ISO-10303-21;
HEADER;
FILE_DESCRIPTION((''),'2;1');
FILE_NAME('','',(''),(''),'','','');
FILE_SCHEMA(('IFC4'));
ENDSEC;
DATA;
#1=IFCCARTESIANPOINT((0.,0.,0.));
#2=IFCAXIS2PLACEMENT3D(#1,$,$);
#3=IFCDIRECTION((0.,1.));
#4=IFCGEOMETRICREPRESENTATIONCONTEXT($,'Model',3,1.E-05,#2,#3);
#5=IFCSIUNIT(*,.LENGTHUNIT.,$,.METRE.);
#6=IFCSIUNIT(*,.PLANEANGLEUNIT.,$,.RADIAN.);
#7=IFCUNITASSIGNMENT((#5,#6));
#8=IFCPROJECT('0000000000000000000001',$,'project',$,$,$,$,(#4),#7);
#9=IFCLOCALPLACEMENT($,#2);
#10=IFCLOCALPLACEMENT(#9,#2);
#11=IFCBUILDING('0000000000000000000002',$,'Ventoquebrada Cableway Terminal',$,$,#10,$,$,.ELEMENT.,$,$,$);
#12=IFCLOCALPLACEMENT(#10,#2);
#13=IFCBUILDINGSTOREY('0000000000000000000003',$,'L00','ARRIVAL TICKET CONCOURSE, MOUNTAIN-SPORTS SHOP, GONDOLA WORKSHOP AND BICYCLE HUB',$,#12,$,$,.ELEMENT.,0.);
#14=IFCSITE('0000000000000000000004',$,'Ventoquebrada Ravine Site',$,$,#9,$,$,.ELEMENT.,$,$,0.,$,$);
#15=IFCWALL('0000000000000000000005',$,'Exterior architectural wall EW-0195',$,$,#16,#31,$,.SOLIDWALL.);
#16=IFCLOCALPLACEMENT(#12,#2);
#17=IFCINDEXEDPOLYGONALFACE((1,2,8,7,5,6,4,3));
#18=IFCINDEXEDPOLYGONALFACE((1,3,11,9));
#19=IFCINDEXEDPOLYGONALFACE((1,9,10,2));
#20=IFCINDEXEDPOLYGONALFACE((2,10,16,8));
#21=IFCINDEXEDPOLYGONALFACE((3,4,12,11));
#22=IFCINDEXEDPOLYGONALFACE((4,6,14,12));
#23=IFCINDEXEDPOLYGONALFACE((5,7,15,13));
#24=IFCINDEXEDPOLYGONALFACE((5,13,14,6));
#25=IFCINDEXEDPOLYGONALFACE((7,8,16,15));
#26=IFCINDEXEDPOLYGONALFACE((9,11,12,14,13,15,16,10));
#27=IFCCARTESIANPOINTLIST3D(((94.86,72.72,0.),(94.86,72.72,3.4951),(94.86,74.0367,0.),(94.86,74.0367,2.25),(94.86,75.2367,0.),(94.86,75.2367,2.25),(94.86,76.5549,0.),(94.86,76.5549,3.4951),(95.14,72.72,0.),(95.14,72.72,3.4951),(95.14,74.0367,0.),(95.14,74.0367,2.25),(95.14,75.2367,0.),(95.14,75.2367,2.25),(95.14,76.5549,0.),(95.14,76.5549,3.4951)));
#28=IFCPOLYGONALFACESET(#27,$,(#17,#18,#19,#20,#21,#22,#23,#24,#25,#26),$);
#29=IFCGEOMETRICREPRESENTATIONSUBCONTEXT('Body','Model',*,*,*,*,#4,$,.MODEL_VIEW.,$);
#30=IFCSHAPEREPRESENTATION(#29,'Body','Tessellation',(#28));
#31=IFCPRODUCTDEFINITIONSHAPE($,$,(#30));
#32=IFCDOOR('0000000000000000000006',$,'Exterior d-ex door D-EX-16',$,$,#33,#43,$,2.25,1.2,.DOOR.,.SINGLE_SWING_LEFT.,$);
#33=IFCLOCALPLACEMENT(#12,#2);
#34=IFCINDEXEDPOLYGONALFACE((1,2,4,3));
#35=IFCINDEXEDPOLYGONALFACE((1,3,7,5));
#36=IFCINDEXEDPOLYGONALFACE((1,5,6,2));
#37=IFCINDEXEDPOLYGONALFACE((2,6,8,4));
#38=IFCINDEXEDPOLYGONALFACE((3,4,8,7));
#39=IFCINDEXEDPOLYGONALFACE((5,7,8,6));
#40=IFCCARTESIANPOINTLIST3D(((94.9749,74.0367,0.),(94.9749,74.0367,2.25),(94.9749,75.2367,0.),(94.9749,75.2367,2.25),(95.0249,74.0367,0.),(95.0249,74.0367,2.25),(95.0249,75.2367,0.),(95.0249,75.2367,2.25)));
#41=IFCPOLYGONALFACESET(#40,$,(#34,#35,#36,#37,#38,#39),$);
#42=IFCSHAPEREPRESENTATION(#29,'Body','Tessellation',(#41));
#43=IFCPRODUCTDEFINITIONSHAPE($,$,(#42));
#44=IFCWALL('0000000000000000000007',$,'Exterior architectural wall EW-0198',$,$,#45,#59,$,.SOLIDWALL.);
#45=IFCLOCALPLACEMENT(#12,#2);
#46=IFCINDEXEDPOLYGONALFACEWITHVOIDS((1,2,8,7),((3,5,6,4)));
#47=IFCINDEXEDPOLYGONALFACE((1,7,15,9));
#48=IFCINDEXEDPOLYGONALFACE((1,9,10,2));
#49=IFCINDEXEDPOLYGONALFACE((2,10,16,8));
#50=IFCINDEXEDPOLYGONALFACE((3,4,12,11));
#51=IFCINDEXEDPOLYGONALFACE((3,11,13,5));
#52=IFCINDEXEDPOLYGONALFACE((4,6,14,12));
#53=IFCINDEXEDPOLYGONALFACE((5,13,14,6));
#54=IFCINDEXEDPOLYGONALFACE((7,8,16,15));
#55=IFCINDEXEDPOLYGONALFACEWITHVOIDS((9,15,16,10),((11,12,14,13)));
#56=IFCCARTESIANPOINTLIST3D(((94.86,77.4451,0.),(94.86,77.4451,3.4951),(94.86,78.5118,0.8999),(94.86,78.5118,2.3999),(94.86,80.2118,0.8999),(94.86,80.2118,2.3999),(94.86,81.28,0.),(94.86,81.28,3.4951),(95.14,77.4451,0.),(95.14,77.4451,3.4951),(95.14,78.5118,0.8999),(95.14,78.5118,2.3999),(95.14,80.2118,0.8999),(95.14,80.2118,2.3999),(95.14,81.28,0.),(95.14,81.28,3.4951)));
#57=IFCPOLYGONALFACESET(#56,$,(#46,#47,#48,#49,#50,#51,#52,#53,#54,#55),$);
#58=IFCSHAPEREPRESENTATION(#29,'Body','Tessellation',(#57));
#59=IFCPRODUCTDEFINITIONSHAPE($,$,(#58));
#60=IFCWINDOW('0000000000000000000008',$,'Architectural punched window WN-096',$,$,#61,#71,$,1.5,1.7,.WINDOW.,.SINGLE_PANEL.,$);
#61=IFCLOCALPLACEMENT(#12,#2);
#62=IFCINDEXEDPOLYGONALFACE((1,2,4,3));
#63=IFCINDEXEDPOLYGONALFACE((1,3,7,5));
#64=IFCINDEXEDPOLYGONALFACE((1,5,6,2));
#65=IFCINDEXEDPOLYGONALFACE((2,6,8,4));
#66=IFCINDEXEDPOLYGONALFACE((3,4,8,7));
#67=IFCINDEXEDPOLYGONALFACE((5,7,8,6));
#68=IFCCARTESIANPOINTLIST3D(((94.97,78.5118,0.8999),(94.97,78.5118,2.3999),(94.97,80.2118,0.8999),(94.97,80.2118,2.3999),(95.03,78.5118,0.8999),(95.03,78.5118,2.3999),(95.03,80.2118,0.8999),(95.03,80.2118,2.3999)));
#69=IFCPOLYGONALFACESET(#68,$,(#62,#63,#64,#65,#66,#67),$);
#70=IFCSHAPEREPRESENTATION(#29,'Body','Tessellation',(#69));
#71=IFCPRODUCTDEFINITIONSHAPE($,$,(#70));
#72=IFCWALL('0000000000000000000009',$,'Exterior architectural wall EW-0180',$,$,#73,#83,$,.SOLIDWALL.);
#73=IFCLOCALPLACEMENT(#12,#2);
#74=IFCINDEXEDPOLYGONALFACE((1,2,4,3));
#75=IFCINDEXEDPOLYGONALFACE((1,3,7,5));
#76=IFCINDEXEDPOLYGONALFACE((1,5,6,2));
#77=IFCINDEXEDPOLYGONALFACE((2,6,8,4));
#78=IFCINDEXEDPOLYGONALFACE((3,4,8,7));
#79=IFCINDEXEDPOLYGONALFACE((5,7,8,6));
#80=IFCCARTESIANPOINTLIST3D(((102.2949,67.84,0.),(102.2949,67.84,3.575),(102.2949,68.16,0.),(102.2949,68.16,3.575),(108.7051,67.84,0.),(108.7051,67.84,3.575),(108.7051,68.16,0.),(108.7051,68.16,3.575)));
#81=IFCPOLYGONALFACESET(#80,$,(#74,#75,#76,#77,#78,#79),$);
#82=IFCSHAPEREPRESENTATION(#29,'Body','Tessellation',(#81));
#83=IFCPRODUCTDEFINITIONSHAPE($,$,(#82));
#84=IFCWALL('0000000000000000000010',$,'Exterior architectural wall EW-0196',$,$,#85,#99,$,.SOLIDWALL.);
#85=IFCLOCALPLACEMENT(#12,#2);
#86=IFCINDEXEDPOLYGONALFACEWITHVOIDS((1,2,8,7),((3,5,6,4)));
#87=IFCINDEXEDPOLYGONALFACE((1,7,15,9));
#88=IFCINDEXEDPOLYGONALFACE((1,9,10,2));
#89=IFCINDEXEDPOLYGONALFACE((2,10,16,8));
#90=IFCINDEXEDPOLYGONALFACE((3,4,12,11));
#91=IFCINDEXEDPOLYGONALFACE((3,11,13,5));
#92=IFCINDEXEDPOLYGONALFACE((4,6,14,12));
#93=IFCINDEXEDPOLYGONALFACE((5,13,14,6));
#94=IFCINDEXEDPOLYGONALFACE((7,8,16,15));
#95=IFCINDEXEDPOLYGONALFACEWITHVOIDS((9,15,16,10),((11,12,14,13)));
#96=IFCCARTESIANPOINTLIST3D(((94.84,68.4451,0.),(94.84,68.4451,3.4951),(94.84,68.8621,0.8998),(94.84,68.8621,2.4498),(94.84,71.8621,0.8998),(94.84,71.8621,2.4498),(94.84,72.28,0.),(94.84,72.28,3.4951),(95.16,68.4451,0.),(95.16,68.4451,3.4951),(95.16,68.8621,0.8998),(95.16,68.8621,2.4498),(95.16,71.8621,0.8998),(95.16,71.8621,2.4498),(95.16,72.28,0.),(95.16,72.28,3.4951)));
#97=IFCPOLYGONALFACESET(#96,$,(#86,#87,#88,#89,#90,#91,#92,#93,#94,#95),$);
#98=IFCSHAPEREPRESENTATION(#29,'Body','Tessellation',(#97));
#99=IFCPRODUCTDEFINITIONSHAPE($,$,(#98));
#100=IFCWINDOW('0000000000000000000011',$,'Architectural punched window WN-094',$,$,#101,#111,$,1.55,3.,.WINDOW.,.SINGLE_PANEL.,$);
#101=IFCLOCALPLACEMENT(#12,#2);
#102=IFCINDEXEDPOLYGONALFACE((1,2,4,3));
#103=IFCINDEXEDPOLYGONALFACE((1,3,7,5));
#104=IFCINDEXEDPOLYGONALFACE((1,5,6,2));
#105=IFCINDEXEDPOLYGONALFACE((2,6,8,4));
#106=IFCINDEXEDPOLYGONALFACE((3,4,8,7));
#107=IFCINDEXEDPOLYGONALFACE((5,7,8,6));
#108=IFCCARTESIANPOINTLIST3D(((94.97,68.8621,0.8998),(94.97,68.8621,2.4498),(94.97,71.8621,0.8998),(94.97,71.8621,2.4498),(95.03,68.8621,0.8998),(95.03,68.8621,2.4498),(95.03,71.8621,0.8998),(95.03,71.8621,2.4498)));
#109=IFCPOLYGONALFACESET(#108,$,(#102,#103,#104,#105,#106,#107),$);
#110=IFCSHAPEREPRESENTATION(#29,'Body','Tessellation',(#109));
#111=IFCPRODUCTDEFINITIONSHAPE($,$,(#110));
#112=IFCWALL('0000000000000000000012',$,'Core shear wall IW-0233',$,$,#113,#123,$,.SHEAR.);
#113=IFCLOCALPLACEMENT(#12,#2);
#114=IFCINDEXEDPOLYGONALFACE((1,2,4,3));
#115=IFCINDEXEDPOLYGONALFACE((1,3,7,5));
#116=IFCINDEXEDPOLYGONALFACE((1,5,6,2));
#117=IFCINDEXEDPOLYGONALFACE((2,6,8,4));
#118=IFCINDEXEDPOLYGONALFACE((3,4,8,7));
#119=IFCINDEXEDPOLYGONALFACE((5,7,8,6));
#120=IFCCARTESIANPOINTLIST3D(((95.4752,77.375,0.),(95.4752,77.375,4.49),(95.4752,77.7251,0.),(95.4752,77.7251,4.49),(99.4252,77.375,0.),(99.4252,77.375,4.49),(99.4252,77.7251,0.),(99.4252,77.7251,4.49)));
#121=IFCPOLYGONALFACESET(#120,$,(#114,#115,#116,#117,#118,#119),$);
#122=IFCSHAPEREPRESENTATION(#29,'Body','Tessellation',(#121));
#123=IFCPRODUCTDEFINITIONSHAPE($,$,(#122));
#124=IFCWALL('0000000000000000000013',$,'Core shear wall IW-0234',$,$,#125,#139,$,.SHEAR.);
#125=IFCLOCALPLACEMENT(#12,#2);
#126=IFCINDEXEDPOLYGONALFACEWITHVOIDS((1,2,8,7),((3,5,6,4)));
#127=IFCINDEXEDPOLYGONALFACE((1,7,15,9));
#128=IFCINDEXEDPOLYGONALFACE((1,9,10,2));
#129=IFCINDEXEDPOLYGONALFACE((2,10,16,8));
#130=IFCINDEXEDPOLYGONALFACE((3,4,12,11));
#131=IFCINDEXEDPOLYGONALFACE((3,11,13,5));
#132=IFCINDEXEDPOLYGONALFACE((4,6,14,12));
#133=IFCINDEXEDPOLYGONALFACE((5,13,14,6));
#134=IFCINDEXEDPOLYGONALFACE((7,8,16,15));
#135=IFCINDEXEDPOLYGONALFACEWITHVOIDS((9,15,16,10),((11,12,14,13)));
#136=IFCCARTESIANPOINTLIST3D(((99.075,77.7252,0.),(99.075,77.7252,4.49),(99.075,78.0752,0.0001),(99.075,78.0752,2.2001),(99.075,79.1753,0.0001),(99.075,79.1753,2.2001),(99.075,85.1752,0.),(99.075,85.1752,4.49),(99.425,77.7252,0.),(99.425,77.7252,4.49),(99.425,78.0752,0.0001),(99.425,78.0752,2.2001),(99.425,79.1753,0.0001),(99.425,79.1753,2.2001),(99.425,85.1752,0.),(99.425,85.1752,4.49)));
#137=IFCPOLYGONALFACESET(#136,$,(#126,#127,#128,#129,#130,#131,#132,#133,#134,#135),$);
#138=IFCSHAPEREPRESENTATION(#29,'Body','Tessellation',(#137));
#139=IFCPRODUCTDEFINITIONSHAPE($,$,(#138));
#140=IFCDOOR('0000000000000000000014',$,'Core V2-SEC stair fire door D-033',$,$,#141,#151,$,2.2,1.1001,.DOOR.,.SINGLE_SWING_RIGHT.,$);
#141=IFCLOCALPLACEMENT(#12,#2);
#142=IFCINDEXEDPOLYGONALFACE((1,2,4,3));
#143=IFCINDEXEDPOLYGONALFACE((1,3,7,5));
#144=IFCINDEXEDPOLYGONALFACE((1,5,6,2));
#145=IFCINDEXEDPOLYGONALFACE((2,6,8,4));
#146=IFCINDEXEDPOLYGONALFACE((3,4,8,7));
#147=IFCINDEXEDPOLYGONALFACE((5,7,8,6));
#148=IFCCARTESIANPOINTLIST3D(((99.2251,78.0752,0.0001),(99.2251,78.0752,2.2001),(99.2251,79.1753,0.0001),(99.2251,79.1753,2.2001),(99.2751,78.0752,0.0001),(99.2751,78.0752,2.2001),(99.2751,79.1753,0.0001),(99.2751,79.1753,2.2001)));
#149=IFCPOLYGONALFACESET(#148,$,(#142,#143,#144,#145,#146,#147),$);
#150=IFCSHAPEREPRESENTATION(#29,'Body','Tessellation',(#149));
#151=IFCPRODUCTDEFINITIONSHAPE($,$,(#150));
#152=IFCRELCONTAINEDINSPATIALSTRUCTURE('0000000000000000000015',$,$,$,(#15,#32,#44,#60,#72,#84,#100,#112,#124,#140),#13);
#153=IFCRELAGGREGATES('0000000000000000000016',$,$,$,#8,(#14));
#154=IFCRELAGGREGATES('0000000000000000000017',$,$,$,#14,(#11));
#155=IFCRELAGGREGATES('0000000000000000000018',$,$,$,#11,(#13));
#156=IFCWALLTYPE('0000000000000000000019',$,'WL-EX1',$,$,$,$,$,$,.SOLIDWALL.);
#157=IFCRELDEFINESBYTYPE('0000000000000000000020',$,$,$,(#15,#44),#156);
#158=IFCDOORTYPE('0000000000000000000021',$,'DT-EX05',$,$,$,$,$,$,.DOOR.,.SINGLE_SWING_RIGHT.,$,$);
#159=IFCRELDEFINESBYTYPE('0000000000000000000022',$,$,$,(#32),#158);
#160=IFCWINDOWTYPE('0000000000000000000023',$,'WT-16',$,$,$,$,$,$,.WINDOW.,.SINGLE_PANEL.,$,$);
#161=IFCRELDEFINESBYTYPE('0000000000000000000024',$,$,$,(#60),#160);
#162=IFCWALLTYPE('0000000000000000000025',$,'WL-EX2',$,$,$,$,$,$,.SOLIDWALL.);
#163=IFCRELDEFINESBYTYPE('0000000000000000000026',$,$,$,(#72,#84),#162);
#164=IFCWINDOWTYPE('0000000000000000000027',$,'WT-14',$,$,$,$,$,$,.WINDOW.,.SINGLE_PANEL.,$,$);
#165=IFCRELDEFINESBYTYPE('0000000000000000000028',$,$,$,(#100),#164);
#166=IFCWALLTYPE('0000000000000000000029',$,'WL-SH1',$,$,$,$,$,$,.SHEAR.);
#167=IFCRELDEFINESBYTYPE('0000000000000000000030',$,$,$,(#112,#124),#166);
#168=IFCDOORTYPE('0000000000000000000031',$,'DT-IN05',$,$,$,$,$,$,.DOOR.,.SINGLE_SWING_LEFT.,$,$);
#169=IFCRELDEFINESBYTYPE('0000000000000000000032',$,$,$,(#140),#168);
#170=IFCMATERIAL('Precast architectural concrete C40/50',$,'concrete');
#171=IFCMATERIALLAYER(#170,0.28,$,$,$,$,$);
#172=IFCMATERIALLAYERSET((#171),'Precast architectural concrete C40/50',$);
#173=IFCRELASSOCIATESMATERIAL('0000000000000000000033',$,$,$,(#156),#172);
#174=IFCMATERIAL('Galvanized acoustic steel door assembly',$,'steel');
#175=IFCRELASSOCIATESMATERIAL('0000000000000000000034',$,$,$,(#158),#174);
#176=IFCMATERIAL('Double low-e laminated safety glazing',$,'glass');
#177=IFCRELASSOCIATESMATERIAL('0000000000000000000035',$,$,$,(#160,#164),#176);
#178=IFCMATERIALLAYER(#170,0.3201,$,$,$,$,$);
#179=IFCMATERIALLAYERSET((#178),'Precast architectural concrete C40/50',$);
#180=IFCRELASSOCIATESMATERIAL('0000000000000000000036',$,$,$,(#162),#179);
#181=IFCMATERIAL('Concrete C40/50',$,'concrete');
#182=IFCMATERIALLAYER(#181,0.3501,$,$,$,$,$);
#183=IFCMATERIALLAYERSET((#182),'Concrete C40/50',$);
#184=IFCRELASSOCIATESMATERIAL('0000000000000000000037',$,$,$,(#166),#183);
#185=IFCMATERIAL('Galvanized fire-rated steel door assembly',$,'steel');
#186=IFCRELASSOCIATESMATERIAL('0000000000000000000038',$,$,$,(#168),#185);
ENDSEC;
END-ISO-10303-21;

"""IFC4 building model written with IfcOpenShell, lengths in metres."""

from ifc_helpers import new_model, si_unit, direction, frame, frame_2d, origin, place, context, subcontext, project, spatial, rectangle, extrude, material, layer, layer_set, type_object, element, fill, save


model = new_model("IFC4")

# Units and contexts
model_context = context("Model", 3, precision=1e-05, world=origin(), true_north=direction((0.0, 1.0)))
body_context = subcontext(model_context, "Body", "Model", "MODEL_VIEW")
ifc_project = project(units=[si_unit("LENGTHUNIT", "METRE"), si_unit("PLANEANGLEUNIT", "RADIAN")], contexts=[model_context])

# Site, building, storey
site_placement = place(None, origin())
site = spatial("IfcSite", under=ifc_project, at=site_placement, Name="Ventoquebrada Ravine Site", CompositionType="ELEMENT", RefElevation=0.0)
building_placement = place(site_placement, origin())
building = spatial("IfcBuilding", under=site, at=building_placement, Name="Ventoquebrada Cableway Terminal", CompositionType="ELEMENT")
storey_placement = place(building_placement, origin())
storey = spatial("IfcBuildingStorey", under=building, at=storey_placement, Name="L00", Description="ARRIVAL TICKET CONCOURSE, MOUNTAIN-SPORTS SHOP, GONDOLA WORKSHOP AND BICYCLE HUB", CompositionType="ELEMENT", Elevation=0.0)

# Shared definitions
ifc_material_1 = material(Name="Concrete C40/50", Category="concrete")

# Shared definitions
ifc_material_2 = material(Name="Precast architectural concrete C40/50", Category="concrete")
ifc_layer_1 = layer(ifc_material_2, 0.28)
ifc_layer_set_1 = layer_set([ifc_layer_1], Name="Precast architectural concrete C40/50")
wall_type_1 = type_object("IfcWallType", Name="WL-EX1", PredefinedType="SOLIDWALL", material=ifc_layer_set_1)
ifc_material_3 = material(Name="Double low-e laminated safety glazing", Category="glass")

# Wall, opening, door
wall_1_placement = place(storey_placement, frame((95.0, 76.5549, 0.0), z_axis=(0.0, 0.0, 1.0), x_axis=(0.0, -1.0, 0.0)))
wall_1 = element("IfcWall", 1, at=wall_1_placement, inside=storey, type_object=wall_type_1, Name="Exterior architectural wall EW-0195", PredefinedType="SOLIDWALL", context=body_context, shape_type="SweptSolid", body=[
    extrude(rectangle(XDim=3.835, YDim=0.28, at=frame_2d((1.9175, 0.0))), origin(), (0.0, 0.0, 1.0), 3.4951),
])
opening_1_placement = place(wall_1_placement, frame((1.3181, 0.0, 0.0)))
opening_1 = element("IfcOpeningElement", 2, at=opening_1_placement, cuts=wall_1, PredefinedType="OPENING", context=body_context, shape_type="SweptSolid", body=[
    extrude(rectangle(XDim=1.2, YDim=2.25, at=frame_2d((0.6001, 1.125))), frame((0.0, 0.1499, 0.0), z_axis=(0.0, -1.0, 0.0), x_axis=(1.0, 0.0, 0.0)), (0.0, 0.0, 1.0), 0.3),
])
ifc_material_4 = material(Name="Galvanized acoustic steel door assembly", Category="steel")
door_type_1 = type_object("IfcDoorType", Name="DT-EX05", OperationType="SINGLE_SWING_RIGHT", PredefinedType="DOOR", material=ifc_material_4)
door_1_placement = place(opening_1_placement, origin())
door_1 = element("IfcDoor", 3, at=door_1_placement, inside=storey, type_object=door_type_1, Name="Exterior d-ex door D-EX-16", OperationType="SINGLE_SWING_LEFT", OverallHeight=2.25, OverallWidth=1.2, PredefinedType="DOOR", context=body_context, shape_type="SweptSolid", body=[
    extrude(rectangle(XDim=1.2, YDim=2.25, at=frame_2d((0.6001, 1.125))), frame((0.0, 0.0249, 0.0), z_axis=(0.0, -1.0, 0.0), x_axis=(1.0, 0.0, 0.0)), (0.0, 0.0, 1.0), 0.05),
])
fill(opening_1, door_1)

# Wall, opening, window
wall_2_placement = place(storey_placement, frame((95.0, 81.28, 0.0), z_axis=(0.0, 0.0, 1.0), x_axis=(0.0, -1.0, 0.0)))
wall_2 = element("IfcWall", 4, at=wall_2_placement, inside=storey, type_object=wall_type_1, Name="Exterior architectural wall EW-0198", PredefinedType="SOLIDWALL", context=body_context, shape_type="SweptSolid", body=[
    extrude(rectangle(XDim=3.835, YDim=0.28, at=frame_2d((1.9175, 0.0))), origin(), (0.0, 0.0, 1.0), 3.4951),
])
opening_2_placement = place(wall_2_placement, frame((1.0681, 0.0, 0.8999)))
opening_2 = element("IfcOpeningElement", 5, at=opening_2_placement, cuts=wall_2, PredefinedType="OPENING", context=body_context, shape_type="SweptSolid", body=[
    extrude(rectangle(XDim=1.7, YDim=1.5, at=frame_2d((0.8501, 0.75))), frame((0.0, 0.1499, 0.0), z_axis=(0.0, -1.0, 0.0), x_axis=(1.0, 0.0, 0.0)), (0.0, 0.0, 1.0), 0.3),
])
window_type_1 = type_object("IfcWindowType", Name="WT-16", PartitioningType="SINGLE_PANEL", PredefinedType="WINDOW", material=ifc_material_3)
window_1_placement = place(opening_2_placement, origin())
window_1 = element("IfcWindow", 6, at=window_1_placement, inside=storey, type_object=window_type_1, Name="Architectural punched window WN-096", OverallHeight=1.5, OverallWidth=1.7, PartitioningType="SINGLE_PANEL", PredefinedType="WINDOW", context=body_context, shape_type="SweptSolid", body=[
    extrude(rectangle(XDim=1.7, YDim=1.5, at=frame_2d((0.8501, 0.75))), frame((0.0, 0.03, 0.0), z_axis=(0.0, -1.0, 0.0), x_axis=(1.0, 0.0, 0.0)), (0.0, 0.0, 1.0), 0.0601),
])
fill(opening_2, window_1)

# Wall
ifc_layer_2 = layer(ifc_material_2, 0.3201)
ifc_layer_set_2 = layer_set([ifc_layer_2], Name="Precast architectural concrete C40/50")
wall_type_2 = type_object("IfcWallType", Name="WL-EX2", PredefinedType="SOLIDWALL", material=ifc_layer_set_2)
wall_3_placement = place(storey_placement, frame((102.2949, 68.0, 0.0), z_axis=(0.0, 0.0, 1.0), x_axis=(1.0, 0.0, 0.0)))
element("IfcWall", 7, at=wall_3_placement, inside=storey, type_object=wall_type_2, Name="Exterior architectural wall EW-0180", PredefinedType="SOLIDWALL", context=body_context, shape_type="SweptSolid", body=[
    extrude(rectangle(XDim=6.4102, YDim=0.3201, at=frame_2d((3.2051, 0.0))), origin(), (0.0, 0.0, 1.0), 3.575),
])

# Wall, opening, window
wall_4_placement = place(storey_placement, frame((95.0, 72.28, 0.0), z_axis=(0.0, 0.0, 1.0), x_axis=(0.0, -1.0, 0.0)))
wall_4 = element("IfcWall", 8, at=wall_4_placement, inside=storey, type_object=wall_type_2, Name="Exterior architectural wall EW-0196", PredefinedType="SOLIDWALL", context=body_context, shape_type="SweptSolid", body=[
    extrude(rectangle(XDim=3.835, YDim=0.3201, at=frame_2d((1.9175, 0.0))), origin(), (0.0, 0.0, 1.0), 3.4951),
])
opening_3_placement = place(wall_4_placement, frame((0.418, 0.0, 0.8999)))
opening_3 = element("IfcOpeningElement", 9, at=opening_3_placement, cuts=wall_4, PredefinedType="OPENING", context=body_context, shape_type="SweptSolid", body=[
    extrude(rectangle(XDim=3.0, YDim=1.55, at=frame_2d((1.5, 0.7749))), frame((0.0, 0.1699, 0.0), z_axis=(0.0, -1.0, 0.0), x_axis=(1.0, 0.0, 0.0)), (0.0, 0.0, 1.0), 0.3401),
])
window_type_2 = type_object("IfcWindowType", Name="WT-14", PartitioningType="SINGLE_PANEL", PredefinedType="WINDOW", material=ifc_material_3)
window_2_placement = place(opening_3_placement, origin())
window_2 = element("IfcWindow", 10, at=window_2_placement, inside=storey, type_object=window_type_2, Name="Architectural punched window WN-094", OverallHeight=1.55, OverallWidth=3.0, PartitioningType="SINGLE_PANEL", PredefinedType="WINDOW", context=body_context, shape_type="SweptSolid", body=[
    extrude(rectangle(XDim=3.0, YDim=1.55, at=frame_2d((1.5, 0.7749))), frame((0.0, 0.03, 0.0), z_axis=(0.0, -1.0, 0.0), x_axis=(1.0, 0.0, 0.0)), (0.0, 0.0, 1.0), 0.0601),
])
fill(opening_3, window_2)

# Wall
ifc_layer_3 = layer(ifc_material_1, 0.3501)
ifc_layer_set_3 = layer_set([ifc_layer_3], Name="Concrete C40/50")
wall_type_3 = type_object("IfcWallType", Name="WL-SH1", PredefinedType="SHEAR", material=ifc_layer_set_3)
wall_5_placement = place(storey_placement, frame((95.4751, 77.55, 0.0), z_axis=(0.0, 0.0, 1.0), x_axis=(1.0, 0.0, 0.0)))
element("IfcWall", 11, at=wall_5_placement, inside=storey, type_object=wall_type_3, Name="Core shear wall IW-0233", PredefinedType="SHEAR", context=body_context, shape_type="SweptSolid", body=[
    extrude(rectangle(XDim=3.95, YDim=0.3501, at=frame_2d((1.9751, 0.0))), origin(), (0.0, 0.0, 1.0), 4.49),
])

# Wall, opening, door
wall_6_placement = place(storey_placement, frame((99.25, 77.7251, 0.0), z_axis=(0.0, 0.0, 1.0), x_axis=(0.0, 1.0, 0.0)))
wall_6 = element("IfcWall", 12, at=wall_6_placement, inside=storey, type_object=wall_type_3, Name="Core shear wall IW-0234", PredefinedType="SHEAR", context=body_context, shape_type="SweptSolid", body=[
    extrude(rectangle(XDim=7.45, YDim=0.3501, at=frame_2d((3.7251, 0.0))), origin(), (0.0, 0.0, 1.0), 4.49),
])
opening_4_placement = place(wall_6_placement, frame((0.3501, 0.0, 0.0)))
opening_4 = element("IfcOpeningElement", 13, at=opening_4_placement, cuts=wall_6, PredefinedType="OPENING", context=body_context, shape_type="SweptSolid", body=[
    extrude(rectangle(XDim=1.1001, YDim=2.2, at=frame_2d((0.55, 1.1001))), frame((0.0, 0.1851, 0.0), z_axis=(0.0, -1.0, 0.0), x_axis=(1.0, 0.0, 0.0)), (0.0, 0.0, 1.0), 0.3701),
])
ifc_material_5 = material(Name="Galvanized fire-rated steel door assembly", Category="steel")
door_type_2 = type_object("IfcDoorType", Name="DT-IN05", OperationType="SINGLE_SWING_LEFT", PredefinedType="DOOR", material=ifc_material_5)
door_2_placement = place(opening_4_placement, origin())
door_2 = element("IfcDoor", 14, at=door_2_placement, inside=storey, type_object=door_type_2, Name="Core V2-SEC stair fire door D-033", OperationType="SINGLE_SWING_RIGHT", OverallHeight=2.2, OverallWidth=1.1001, PredefinedType="DOOR", context=body_context, shape_type="SweptSolid", body=[
    extrude(rectangle(XDim=1.1001, YDim=2.2, at=frame_2d((0.55, 1.1001))), frame((0.0, 0.0249, 0.0), z_axis=(0.0, -1.0, 0.0), x_axis=(1.0, 0.0, 0.0)), (0.0, 0.0, 1.0), 0.05),
])
fill(opening_4, door_2)

save(model, "model.ifc")
